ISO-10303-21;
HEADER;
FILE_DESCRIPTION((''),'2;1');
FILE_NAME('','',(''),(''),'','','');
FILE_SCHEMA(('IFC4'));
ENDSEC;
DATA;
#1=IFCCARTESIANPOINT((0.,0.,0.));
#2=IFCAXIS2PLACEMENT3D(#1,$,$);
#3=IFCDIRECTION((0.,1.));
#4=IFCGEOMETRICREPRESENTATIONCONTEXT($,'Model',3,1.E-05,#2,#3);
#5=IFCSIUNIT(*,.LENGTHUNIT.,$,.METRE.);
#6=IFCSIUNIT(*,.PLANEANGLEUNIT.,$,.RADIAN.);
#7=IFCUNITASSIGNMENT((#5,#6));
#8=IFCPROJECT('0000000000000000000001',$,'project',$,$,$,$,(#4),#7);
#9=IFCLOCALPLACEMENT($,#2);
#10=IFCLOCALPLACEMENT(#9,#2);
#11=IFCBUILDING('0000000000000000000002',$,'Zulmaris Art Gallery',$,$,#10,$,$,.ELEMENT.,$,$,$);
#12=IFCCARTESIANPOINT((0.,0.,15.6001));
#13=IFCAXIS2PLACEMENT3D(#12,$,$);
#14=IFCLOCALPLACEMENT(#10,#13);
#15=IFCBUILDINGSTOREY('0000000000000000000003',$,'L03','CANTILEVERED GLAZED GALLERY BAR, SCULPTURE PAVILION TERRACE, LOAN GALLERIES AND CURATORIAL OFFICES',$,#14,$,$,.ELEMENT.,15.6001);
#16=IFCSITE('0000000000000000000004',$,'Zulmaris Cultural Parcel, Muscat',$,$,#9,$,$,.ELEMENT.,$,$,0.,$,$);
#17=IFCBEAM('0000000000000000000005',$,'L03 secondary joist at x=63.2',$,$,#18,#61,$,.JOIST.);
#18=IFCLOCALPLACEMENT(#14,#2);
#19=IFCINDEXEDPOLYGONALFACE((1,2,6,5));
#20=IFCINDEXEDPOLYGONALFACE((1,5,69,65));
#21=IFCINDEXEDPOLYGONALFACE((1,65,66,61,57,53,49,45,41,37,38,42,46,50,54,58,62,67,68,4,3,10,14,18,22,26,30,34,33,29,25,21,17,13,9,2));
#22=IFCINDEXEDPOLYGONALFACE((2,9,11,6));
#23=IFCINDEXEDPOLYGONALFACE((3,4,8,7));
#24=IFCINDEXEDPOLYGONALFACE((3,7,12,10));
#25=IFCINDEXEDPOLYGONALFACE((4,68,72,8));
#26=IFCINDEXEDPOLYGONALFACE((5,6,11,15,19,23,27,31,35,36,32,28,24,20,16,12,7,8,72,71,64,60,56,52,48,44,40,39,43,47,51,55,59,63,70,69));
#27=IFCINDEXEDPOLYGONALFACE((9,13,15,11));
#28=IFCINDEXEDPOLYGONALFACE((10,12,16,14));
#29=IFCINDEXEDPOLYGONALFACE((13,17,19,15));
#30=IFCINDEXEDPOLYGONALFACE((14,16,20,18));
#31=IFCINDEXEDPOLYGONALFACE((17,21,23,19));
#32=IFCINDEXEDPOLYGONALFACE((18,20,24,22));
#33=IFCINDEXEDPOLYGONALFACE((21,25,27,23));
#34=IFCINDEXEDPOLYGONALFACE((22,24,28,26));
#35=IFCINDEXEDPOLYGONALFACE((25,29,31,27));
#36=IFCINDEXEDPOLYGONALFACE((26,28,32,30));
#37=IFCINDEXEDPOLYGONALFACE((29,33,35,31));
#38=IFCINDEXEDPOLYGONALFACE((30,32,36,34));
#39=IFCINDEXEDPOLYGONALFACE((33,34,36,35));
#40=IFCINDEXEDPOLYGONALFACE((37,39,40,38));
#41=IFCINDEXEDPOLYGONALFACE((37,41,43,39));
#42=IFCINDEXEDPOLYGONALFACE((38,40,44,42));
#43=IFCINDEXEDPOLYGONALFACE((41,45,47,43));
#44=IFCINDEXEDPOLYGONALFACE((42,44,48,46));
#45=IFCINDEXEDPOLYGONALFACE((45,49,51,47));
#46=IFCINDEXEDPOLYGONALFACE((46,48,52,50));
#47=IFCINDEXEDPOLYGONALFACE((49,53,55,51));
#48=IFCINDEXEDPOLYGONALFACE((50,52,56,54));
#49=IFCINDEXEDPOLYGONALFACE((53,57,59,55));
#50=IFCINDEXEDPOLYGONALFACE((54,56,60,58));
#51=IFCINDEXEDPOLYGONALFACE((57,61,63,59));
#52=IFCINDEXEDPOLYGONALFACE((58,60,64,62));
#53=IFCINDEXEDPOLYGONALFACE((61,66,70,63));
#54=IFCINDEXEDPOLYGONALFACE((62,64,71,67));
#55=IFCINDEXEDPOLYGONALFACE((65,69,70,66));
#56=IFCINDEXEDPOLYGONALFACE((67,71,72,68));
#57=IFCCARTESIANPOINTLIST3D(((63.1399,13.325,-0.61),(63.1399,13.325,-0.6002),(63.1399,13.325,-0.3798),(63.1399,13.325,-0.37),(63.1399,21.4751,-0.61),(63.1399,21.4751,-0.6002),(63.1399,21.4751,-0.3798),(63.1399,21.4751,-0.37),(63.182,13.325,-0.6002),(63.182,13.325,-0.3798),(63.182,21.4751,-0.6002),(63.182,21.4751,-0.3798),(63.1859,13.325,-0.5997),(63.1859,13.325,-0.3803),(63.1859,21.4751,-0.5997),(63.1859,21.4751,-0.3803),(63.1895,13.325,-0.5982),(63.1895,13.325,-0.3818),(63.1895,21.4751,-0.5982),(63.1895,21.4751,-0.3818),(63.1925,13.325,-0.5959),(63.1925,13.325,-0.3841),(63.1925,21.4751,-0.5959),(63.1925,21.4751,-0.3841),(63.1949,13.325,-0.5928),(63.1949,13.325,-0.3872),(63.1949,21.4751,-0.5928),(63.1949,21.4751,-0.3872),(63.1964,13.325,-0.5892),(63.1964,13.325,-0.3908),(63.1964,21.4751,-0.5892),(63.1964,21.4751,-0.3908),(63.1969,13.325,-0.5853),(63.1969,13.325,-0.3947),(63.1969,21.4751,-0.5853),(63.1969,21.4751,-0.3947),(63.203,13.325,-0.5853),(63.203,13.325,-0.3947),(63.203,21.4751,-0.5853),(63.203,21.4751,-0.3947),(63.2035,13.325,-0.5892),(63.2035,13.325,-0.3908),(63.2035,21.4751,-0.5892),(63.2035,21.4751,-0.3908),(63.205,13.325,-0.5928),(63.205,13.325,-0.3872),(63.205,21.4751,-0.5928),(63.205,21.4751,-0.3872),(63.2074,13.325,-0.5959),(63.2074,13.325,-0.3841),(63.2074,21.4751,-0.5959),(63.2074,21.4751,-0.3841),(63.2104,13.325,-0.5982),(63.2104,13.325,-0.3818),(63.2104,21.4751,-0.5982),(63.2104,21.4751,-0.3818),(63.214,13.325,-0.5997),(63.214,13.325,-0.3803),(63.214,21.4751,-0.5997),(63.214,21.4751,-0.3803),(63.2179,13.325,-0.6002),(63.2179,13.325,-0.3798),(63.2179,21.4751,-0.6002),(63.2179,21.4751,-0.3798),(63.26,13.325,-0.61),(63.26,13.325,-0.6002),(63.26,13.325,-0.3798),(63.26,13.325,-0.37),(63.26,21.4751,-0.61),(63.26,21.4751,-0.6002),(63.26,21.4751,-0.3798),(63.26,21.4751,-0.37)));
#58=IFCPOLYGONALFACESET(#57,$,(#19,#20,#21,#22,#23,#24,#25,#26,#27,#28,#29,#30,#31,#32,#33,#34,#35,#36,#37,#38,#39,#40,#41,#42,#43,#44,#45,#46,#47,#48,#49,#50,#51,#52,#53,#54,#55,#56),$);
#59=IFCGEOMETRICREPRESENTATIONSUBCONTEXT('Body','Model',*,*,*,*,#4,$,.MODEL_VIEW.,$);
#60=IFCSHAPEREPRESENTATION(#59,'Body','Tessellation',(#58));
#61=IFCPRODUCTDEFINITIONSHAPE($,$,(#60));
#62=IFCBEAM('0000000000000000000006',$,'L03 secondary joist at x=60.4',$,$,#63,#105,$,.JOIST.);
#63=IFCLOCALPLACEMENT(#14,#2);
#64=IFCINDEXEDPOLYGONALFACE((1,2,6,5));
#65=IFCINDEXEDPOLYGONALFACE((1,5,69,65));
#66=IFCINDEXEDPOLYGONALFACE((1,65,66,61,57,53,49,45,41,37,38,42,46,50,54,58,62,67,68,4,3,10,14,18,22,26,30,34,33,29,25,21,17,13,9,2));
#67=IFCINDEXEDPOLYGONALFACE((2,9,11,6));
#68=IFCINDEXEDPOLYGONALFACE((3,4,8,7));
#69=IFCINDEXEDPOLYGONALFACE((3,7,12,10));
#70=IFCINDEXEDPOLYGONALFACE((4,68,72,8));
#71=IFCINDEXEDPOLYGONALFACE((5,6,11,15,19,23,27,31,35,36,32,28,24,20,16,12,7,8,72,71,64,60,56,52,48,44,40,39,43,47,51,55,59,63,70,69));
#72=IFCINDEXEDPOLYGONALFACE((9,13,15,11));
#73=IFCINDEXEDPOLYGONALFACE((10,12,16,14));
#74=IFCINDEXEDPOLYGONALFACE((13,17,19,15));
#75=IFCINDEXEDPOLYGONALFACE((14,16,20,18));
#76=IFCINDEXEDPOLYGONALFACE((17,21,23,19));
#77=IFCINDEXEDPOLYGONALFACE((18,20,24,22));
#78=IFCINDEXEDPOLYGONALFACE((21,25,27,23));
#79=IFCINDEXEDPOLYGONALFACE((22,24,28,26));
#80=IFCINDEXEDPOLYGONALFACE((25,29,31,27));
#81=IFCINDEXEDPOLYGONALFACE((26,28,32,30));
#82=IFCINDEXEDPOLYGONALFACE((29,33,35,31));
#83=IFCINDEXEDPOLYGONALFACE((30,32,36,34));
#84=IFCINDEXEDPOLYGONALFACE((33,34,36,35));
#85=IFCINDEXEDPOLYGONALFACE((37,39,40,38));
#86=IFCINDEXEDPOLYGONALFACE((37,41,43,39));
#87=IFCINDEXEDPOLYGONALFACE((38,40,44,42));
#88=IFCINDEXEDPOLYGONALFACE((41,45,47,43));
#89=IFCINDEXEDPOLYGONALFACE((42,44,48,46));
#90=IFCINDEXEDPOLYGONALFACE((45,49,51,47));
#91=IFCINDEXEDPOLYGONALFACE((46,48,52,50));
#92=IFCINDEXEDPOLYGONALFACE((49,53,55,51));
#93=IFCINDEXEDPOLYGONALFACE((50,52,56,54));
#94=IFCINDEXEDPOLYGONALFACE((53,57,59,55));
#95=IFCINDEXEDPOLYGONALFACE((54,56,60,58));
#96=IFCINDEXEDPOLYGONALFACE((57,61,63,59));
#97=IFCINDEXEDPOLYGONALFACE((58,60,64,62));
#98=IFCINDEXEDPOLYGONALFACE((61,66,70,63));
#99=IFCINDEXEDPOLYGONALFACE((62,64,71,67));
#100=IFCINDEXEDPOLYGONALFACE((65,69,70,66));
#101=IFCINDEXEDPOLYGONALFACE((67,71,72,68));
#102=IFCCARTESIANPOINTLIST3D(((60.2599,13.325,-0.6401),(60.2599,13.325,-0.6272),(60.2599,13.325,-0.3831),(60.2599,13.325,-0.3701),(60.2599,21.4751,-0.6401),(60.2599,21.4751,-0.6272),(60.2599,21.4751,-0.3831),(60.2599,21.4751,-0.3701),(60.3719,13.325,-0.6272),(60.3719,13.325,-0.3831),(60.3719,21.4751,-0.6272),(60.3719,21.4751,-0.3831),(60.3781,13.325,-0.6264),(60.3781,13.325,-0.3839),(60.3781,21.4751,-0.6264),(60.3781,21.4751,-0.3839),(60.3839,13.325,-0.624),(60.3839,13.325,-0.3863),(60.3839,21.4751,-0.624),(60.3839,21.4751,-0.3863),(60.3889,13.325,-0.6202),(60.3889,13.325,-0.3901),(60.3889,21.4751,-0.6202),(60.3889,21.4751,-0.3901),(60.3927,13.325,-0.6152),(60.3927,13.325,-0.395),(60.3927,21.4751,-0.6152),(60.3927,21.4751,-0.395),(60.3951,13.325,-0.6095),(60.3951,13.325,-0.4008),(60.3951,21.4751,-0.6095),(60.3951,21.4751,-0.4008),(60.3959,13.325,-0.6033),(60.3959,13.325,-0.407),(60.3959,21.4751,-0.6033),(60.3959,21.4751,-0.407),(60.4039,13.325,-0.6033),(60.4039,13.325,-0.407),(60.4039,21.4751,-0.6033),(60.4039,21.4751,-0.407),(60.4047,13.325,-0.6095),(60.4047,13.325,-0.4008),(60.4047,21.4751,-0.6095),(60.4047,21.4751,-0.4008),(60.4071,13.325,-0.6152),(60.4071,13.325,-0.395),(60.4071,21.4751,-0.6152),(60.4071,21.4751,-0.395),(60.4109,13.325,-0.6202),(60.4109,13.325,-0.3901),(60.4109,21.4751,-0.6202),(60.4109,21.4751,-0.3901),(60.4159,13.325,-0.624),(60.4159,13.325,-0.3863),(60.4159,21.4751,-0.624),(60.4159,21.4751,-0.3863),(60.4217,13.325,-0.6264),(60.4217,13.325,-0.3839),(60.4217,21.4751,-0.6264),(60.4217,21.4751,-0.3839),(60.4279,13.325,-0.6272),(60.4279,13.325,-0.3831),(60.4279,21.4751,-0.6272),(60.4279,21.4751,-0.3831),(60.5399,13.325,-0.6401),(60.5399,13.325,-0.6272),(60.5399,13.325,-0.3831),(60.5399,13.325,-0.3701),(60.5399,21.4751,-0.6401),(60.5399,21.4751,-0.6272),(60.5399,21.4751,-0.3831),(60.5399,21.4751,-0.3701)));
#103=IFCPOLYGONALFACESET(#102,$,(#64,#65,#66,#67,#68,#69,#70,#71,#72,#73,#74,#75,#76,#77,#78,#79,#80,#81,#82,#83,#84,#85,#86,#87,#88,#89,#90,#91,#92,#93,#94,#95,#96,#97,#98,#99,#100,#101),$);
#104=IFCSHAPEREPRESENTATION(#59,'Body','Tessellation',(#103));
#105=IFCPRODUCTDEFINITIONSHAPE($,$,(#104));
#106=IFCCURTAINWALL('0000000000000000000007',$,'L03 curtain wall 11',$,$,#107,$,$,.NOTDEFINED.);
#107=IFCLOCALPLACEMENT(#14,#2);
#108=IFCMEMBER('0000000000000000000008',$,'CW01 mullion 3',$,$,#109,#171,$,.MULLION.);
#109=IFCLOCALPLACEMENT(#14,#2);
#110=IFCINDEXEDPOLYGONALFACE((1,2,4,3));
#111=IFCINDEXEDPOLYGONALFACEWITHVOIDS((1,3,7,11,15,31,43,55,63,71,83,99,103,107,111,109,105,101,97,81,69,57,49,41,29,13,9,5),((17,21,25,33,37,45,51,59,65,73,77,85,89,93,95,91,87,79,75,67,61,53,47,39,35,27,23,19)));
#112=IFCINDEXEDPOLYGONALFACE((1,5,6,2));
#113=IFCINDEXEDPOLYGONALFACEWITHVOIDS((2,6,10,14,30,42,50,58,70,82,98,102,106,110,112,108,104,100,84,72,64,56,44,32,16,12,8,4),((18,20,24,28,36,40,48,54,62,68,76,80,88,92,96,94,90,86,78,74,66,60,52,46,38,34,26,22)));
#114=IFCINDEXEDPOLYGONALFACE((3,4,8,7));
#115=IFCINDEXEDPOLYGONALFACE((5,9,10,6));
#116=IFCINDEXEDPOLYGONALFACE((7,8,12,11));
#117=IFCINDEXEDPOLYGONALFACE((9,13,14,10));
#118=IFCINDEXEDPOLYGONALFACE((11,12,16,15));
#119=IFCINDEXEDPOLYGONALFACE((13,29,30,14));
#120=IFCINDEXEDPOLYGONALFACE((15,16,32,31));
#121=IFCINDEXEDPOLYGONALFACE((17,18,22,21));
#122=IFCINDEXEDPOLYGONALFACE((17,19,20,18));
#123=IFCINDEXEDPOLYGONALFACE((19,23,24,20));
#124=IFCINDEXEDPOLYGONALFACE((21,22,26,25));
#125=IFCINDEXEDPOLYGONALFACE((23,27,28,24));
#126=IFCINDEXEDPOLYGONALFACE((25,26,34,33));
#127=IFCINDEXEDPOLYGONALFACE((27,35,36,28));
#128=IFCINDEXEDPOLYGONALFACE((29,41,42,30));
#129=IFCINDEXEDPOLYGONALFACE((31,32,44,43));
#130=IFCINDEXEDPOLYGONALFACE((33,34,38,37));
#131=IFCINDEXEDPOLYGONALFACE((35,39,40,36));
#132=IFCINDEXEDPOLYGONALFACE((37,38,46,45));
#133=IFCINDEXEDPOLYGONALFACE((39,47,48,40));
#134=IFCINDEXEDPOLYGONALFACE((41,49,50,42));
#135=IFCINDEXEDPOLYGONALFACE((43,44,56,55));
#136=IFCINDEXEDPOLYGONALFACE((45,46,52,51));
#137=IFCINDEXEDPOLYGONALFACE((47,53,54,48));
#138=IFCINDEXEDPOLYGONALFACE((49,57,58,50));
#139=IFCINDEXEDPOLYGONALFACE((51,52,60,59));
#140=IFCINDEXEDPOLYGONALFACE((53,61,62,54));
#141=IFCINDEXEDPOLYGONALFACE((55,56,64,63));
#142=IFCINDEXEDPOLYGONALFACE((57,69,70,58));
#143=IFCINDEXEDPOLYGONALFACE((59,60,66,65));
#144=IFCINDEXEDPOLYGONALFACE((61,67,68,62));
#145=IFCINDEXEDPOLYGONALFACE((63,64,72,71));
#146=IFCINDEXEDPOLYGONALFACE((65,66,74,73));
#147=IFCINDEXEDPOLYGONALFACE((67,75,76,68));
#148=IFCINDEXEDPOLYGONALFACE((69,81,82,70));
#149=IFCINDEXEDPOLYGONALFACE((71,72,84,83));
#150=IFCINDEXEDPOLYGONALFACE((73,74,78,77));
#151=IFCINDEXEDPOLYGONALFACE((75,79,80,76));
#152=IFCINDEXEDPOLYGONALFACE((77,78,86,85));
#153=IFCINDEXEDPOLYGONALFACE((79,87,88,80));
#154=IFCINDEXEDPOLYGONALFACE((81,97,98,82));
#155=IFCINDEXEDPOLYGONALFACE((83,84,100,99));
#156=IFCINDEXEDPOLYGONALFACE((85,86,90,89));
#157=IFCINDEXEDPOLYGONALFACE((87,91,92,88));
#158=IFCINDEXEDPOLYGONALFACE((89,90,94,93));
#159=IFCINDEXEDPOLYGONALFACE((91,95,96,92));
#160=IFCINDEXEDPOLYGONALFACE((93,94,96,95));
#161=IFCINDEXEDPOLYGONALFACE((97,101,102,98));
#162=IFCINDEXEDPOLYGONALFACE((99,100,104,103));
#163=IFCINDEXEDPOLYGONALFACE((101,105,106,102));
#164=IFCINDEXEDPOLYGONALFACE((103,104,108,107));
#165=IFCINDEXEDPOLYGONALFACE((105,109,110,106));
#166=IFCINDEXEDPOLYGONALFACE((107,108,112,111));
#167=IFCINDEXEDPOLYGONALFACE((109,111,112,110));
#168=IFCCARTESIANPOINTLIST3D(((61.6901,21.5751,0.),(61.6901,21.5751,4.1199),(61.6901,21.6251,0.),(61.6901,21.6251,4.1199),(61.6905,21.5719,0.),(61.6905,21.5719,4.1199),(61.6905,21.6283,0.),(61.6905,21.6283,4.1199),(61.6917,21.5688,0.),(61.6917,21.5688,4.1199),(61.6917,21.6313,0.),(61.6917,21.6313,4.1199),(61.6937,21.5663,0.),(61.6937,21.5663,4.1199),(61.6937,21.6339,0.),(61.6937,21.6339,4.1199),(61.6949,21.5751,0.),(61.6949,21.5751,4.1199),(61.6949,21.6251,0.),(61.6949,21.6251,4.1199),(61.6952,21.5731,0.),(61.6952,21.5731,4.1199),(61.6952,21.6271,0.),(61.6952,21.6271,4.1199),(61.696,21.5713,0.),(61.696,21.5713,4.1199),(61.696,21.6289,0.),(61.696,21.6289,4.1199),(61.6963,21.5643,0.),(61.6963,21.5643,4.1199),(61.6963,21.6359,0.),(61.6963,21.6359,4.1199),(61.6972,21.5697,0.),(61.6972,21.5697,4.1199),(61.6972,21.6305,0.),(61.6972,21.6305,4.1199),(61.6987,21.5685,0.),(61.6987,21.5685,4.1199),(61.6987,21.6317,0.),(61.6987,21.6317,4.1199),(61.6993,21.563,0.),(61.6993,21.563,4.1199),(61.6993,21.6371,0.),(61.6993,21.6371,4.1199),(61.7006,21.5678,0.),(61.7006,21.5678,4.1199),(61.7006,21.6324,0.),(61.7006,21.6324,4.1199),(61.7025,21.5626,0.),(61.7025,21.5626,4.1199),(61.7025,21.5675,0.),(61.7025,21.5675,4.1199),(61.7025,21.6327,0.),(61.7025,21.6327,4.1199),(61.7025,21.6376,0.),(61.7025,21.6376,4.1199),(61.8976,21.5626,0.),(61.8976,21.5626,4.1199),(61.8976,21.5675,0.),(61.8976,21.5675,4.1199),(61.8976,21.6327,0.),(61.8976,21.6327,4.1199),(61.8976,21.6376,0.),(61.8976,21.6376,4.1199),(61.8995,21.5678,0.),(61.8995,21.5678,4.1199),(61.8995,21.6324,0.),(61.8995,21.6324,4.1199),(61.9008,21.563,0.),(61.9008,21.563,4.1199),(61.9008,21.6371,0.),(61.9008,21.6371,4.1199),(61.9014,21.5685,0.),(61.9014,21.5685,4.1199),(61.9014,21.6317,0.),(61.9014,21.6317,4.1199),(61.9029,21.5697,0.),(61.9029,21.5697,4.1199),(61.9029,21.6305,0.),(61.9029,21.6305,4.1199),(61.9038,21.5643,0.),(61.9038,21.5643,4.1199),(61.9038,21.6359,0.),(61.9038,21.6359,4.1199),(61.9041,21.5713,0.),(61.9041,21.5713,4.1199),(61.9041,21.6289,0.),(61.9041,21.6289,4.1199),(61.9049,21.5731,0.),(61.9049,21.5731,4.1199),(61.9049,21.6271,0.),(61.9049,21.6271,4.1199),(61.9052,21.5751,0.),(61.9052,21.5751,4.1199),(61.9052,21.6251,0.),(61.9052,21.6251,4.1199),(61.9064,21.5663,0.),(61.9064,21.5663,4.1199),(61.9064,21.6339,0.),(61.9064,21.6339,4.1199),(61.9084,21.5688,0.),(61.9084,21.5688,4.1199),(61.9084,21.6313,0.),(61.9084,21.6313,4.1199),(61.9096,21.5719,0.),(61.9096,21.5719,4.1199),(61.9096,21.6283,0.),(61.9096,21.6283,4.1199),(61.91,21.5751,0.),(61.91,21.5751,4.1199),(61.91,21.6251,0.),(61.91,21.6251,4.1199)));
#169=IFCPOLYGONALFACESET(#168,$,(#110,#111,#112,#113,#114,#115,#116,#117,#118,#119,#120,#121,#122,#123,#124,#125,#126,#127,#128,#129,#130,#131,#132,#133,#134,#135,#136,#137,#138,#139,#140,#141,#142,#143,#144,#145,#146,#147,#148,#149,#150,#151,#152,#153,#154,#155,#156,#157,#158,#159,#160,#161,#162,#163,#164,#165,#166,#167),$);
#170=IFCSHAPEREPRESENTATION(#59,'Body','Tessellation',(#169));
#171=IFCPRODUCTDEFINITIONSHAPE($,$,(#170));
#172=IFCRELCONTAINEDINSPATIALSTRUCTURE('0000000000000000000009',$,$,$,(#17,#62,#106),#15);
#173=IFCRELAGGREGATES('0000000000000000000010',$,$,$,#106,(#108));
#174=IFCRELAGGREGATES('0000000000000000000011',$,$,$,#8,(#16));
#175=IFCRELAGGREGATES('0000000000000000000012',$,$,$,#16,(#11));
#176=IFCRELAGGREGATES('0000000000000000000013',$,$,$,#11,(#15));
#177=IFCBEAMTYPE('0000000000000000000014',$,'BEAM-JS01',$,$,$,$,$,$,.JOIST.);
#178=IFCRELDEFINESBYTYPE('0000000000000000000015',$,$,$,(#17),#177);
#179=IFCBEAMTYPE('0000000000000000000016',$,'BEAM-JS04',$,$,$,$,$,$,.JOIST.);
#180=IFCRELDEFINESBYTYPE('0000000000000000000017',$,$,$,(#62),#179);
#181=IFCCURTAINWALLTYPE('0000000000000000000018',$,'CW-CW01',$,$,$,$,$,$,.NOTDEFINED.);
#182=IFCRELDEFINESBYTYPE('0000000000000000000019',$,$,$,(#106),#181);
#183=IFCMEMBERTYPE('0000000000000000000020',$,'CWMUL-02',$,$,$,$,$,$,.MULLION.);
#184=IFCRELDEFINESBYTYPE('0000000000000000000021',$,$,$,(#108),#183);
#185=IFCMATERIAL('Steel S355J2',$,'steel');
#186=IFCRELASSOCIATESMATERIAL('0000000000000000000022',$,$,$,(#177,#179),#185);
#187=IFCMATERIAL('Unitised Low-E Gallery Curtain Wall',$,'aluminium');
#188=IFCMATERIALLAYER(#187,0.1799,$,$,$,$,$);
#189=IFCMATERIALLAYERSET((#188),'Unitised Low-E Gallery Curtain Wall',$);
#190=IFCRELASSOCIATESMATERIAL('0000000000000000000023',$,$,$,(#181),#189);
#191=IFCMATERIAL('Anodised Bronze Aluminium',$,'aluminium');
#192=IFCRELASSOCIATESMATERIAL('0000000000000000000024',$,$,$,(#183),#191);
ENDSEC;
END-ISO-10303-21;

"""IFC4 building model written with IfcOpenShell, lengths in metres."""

from ifc_helpers import new_model, si_unit, direction, frame, origin, origin_2d, place, context, subcontext, project, spatial, hollow_rectangle, i_section, extrude, material, layer, layer_set, material_profile, profile_set, type_object, element, aggregate, save


model = new_model("IFC4")

# Units and contexts
model_context = context("Model", 3, precision=1e-05, world=origin(), true_north=direction((0.0, 1.0)))
body_context = subcontext(model_context, "Body", "Model", "MODEL_VIEW")
ifc_project = project(units=[si_unit("LENGTHUNIT", "METRE"), si_unit("PLANEANGLEUNIT", "RADIAN")], contexts=[model_context])

# Site, building, storey
site_placement = place(None, origin())
site = spatial("IfcSite", under=ifc_project, at=site_placement, Name="Zulmaris Cultural Parcel, Muscat", CompositionType="ELEMENT", RefElevation=0.0)
building_placement = place(site_placement, origin())
building = spatial("IfcBuilding", under=site, at=building_placement, Name="Zulmaris Art Gallery", CompositionType="ELEMENT")
storey_placement = place(building_placement, frame((0.0, 0.0, 15.6001)))
storey = spatial("IfcBuildingStorey", under=building, at=storey_placement, Name="L03", Description="CANTILEVERED GLAZED GALLERY BAR, SCULPTURE PAVILION TERRACE, LOAN GALLERIES AND CURATORIAL OFFICES", CompositionType="ELEMENT", Elevation=15.6001)

# Beams
ifc_material_1 = material(Name="Steel S355J2", Category="steel")
ifc_material_profile_1 = material_profile(ifc_material_1, i_section(OverallWidth=0.1201, OverallDepth=0.24, WebThickness=0.0061, FlangeThickness=0.0098, FilletRadius=0.0149, at=origin_2d()), Name="IPE 240")
ifc_profile_set_1 = profile_set([ifc_material_profile_1], Name="Steel S355J2")
beam_type_1 = type_object("IfcBeamType", Name="BEAM-JS01", PredefinedType="JOIST", material=ifc_profile_set_1)
beam_1_placement = place(storey_placement, frame((63.2, 13.325, -0.49), z_axis=(0.0, 1.0, 0.0), x_axis=(-1.0, 0.0, 0.0)))
element("IfcBeam", 1, at=beam_1_placement, inside=storey, type_object=beam_type_1, Name="L03 secondary joist at x=63.2", PredefinedType="JOIST", context=body_context, shape_type="SweptSolid", body=[
    extrude(i_section(OverallWidth=0.1201, OverallDepth=0.24, WebThickness=0.0061, FlangeThickness=0.0098, FilletRadius=0.0149, at=origin_2d()), origin(), (0.0, 0.0, 1.0), 8.1501),
])
ifc_material_profile_2 = material_profile(ifc_material_1, i_section(OverallWidth=0.28, OverallDepth=0.27, WebThickness=0.0081, FlangeThickness=0.0129, FilletRadius=0.0239, at=origin_2d()), Name="HEA 280")
ifc_profile_set_2 = profile_set([ifc_material_profile_2], Name="Steel S355J2")
beam_type_2 = type_object("IfcBeamType", Name="BEAM-JS04", PredefinedType="JOIST", material=ifc_profile_set_2)
beam_2_placement = place(storey_placement, frame((60.3999, 13.325, -0.5051), z_axis=(0.0, 1.0, 0.0), x_axis=(-1.0, 0.0, 0.0)))
element("IfcBeam", 2, at=beam_2_placement, inside=storey, type_object=beam_type_2, Name="L03 secondary joist at x=60.4", PredefinedType="JOIST", context=body_context, shape_type="SweptSolid", body=[
    extrude(i_section(OverallWidth=0.28, OverallDepth=0.27, WebThickness=0.0081, FlangeThickness=0.0129, FilletRadius=0.0239, at=origin_2d()), origin(), (0.0, 0.0, 1.0), 8.1501),
])

# Curtain wall, member
ifc_material_2 = material(Name="Unitised Low-E Gallery Curtain Wall", Category="aluminium")
ifc_layer_1 = layer(ifc_material_2, 0.1799)
ifc_layer_set_1 = layer_set([ifc_layer_1], Name="Unitised Low-E Gallery Curtain Wall")
curtain_wall_type_1 = type_object("IfcCurtainWallType", Name="CW-CW01", PredefinedType="NOTDEFINED", material=ifc_layer_set_1)
curtain_wall_1_placement = place(storey_placement, origin())
curtain_wall_1 = element("IfcCurtainWall", 3, at=curtain_wall_1_placement, inside=storey, type_object=curtain_wall_type_1, Name="L03 curtain wall 11", PredefinedType="NOTDEFINED")
ifc_material_3 = material(Name="Anodised Bronze Aluminium", Category="aluminium")
ifc_material_profile_3 = material_profile(ifc_material_3, hollow_rectangle(XDim=0.075, YDim=0.22, WallThickness=0.0049, InnerFilletRadius=0.0076, OuterFilletRadius=0.0125, at=origin_2d()), Name="ALU 75x220x5")
ifc_profile_set_3 = profile_set([ifc_material_profile_3], Name="Anodised Bronze Aluminium")
member_type_1 = type_object("IfcMemberType", Name="CWMUL-02", PredefinedType="MULLION", material=ifc_profile_set_3)
member_1_placement = place(storey_placement, frame((61.8, 21.6001, 0.0), z_axis=(0.0, 0.0, 1.0), x_axis=(0.0, 1.0, 0.0)))
member_1 = element("IfcMember", 4, at=member_1_placement, type_object=member_type_1, Name="CW01 mullion 3", PredefinedType="MULLION", context=body_context, shape_type="SweptSolid", body=[
    extrude(hollow_rectangle(XDim=0.075, YDim=0.22, WallThickness=0.0049, InnerFilletRadius=0.0076, OuterFilletRadius=0.0125, at=origin_2d()), origin(), (0.0, 0.0, 1.0), 4.1199),
])

aggregate(curtain_wall_1, [member_1])

save(model, "model.ifc")
